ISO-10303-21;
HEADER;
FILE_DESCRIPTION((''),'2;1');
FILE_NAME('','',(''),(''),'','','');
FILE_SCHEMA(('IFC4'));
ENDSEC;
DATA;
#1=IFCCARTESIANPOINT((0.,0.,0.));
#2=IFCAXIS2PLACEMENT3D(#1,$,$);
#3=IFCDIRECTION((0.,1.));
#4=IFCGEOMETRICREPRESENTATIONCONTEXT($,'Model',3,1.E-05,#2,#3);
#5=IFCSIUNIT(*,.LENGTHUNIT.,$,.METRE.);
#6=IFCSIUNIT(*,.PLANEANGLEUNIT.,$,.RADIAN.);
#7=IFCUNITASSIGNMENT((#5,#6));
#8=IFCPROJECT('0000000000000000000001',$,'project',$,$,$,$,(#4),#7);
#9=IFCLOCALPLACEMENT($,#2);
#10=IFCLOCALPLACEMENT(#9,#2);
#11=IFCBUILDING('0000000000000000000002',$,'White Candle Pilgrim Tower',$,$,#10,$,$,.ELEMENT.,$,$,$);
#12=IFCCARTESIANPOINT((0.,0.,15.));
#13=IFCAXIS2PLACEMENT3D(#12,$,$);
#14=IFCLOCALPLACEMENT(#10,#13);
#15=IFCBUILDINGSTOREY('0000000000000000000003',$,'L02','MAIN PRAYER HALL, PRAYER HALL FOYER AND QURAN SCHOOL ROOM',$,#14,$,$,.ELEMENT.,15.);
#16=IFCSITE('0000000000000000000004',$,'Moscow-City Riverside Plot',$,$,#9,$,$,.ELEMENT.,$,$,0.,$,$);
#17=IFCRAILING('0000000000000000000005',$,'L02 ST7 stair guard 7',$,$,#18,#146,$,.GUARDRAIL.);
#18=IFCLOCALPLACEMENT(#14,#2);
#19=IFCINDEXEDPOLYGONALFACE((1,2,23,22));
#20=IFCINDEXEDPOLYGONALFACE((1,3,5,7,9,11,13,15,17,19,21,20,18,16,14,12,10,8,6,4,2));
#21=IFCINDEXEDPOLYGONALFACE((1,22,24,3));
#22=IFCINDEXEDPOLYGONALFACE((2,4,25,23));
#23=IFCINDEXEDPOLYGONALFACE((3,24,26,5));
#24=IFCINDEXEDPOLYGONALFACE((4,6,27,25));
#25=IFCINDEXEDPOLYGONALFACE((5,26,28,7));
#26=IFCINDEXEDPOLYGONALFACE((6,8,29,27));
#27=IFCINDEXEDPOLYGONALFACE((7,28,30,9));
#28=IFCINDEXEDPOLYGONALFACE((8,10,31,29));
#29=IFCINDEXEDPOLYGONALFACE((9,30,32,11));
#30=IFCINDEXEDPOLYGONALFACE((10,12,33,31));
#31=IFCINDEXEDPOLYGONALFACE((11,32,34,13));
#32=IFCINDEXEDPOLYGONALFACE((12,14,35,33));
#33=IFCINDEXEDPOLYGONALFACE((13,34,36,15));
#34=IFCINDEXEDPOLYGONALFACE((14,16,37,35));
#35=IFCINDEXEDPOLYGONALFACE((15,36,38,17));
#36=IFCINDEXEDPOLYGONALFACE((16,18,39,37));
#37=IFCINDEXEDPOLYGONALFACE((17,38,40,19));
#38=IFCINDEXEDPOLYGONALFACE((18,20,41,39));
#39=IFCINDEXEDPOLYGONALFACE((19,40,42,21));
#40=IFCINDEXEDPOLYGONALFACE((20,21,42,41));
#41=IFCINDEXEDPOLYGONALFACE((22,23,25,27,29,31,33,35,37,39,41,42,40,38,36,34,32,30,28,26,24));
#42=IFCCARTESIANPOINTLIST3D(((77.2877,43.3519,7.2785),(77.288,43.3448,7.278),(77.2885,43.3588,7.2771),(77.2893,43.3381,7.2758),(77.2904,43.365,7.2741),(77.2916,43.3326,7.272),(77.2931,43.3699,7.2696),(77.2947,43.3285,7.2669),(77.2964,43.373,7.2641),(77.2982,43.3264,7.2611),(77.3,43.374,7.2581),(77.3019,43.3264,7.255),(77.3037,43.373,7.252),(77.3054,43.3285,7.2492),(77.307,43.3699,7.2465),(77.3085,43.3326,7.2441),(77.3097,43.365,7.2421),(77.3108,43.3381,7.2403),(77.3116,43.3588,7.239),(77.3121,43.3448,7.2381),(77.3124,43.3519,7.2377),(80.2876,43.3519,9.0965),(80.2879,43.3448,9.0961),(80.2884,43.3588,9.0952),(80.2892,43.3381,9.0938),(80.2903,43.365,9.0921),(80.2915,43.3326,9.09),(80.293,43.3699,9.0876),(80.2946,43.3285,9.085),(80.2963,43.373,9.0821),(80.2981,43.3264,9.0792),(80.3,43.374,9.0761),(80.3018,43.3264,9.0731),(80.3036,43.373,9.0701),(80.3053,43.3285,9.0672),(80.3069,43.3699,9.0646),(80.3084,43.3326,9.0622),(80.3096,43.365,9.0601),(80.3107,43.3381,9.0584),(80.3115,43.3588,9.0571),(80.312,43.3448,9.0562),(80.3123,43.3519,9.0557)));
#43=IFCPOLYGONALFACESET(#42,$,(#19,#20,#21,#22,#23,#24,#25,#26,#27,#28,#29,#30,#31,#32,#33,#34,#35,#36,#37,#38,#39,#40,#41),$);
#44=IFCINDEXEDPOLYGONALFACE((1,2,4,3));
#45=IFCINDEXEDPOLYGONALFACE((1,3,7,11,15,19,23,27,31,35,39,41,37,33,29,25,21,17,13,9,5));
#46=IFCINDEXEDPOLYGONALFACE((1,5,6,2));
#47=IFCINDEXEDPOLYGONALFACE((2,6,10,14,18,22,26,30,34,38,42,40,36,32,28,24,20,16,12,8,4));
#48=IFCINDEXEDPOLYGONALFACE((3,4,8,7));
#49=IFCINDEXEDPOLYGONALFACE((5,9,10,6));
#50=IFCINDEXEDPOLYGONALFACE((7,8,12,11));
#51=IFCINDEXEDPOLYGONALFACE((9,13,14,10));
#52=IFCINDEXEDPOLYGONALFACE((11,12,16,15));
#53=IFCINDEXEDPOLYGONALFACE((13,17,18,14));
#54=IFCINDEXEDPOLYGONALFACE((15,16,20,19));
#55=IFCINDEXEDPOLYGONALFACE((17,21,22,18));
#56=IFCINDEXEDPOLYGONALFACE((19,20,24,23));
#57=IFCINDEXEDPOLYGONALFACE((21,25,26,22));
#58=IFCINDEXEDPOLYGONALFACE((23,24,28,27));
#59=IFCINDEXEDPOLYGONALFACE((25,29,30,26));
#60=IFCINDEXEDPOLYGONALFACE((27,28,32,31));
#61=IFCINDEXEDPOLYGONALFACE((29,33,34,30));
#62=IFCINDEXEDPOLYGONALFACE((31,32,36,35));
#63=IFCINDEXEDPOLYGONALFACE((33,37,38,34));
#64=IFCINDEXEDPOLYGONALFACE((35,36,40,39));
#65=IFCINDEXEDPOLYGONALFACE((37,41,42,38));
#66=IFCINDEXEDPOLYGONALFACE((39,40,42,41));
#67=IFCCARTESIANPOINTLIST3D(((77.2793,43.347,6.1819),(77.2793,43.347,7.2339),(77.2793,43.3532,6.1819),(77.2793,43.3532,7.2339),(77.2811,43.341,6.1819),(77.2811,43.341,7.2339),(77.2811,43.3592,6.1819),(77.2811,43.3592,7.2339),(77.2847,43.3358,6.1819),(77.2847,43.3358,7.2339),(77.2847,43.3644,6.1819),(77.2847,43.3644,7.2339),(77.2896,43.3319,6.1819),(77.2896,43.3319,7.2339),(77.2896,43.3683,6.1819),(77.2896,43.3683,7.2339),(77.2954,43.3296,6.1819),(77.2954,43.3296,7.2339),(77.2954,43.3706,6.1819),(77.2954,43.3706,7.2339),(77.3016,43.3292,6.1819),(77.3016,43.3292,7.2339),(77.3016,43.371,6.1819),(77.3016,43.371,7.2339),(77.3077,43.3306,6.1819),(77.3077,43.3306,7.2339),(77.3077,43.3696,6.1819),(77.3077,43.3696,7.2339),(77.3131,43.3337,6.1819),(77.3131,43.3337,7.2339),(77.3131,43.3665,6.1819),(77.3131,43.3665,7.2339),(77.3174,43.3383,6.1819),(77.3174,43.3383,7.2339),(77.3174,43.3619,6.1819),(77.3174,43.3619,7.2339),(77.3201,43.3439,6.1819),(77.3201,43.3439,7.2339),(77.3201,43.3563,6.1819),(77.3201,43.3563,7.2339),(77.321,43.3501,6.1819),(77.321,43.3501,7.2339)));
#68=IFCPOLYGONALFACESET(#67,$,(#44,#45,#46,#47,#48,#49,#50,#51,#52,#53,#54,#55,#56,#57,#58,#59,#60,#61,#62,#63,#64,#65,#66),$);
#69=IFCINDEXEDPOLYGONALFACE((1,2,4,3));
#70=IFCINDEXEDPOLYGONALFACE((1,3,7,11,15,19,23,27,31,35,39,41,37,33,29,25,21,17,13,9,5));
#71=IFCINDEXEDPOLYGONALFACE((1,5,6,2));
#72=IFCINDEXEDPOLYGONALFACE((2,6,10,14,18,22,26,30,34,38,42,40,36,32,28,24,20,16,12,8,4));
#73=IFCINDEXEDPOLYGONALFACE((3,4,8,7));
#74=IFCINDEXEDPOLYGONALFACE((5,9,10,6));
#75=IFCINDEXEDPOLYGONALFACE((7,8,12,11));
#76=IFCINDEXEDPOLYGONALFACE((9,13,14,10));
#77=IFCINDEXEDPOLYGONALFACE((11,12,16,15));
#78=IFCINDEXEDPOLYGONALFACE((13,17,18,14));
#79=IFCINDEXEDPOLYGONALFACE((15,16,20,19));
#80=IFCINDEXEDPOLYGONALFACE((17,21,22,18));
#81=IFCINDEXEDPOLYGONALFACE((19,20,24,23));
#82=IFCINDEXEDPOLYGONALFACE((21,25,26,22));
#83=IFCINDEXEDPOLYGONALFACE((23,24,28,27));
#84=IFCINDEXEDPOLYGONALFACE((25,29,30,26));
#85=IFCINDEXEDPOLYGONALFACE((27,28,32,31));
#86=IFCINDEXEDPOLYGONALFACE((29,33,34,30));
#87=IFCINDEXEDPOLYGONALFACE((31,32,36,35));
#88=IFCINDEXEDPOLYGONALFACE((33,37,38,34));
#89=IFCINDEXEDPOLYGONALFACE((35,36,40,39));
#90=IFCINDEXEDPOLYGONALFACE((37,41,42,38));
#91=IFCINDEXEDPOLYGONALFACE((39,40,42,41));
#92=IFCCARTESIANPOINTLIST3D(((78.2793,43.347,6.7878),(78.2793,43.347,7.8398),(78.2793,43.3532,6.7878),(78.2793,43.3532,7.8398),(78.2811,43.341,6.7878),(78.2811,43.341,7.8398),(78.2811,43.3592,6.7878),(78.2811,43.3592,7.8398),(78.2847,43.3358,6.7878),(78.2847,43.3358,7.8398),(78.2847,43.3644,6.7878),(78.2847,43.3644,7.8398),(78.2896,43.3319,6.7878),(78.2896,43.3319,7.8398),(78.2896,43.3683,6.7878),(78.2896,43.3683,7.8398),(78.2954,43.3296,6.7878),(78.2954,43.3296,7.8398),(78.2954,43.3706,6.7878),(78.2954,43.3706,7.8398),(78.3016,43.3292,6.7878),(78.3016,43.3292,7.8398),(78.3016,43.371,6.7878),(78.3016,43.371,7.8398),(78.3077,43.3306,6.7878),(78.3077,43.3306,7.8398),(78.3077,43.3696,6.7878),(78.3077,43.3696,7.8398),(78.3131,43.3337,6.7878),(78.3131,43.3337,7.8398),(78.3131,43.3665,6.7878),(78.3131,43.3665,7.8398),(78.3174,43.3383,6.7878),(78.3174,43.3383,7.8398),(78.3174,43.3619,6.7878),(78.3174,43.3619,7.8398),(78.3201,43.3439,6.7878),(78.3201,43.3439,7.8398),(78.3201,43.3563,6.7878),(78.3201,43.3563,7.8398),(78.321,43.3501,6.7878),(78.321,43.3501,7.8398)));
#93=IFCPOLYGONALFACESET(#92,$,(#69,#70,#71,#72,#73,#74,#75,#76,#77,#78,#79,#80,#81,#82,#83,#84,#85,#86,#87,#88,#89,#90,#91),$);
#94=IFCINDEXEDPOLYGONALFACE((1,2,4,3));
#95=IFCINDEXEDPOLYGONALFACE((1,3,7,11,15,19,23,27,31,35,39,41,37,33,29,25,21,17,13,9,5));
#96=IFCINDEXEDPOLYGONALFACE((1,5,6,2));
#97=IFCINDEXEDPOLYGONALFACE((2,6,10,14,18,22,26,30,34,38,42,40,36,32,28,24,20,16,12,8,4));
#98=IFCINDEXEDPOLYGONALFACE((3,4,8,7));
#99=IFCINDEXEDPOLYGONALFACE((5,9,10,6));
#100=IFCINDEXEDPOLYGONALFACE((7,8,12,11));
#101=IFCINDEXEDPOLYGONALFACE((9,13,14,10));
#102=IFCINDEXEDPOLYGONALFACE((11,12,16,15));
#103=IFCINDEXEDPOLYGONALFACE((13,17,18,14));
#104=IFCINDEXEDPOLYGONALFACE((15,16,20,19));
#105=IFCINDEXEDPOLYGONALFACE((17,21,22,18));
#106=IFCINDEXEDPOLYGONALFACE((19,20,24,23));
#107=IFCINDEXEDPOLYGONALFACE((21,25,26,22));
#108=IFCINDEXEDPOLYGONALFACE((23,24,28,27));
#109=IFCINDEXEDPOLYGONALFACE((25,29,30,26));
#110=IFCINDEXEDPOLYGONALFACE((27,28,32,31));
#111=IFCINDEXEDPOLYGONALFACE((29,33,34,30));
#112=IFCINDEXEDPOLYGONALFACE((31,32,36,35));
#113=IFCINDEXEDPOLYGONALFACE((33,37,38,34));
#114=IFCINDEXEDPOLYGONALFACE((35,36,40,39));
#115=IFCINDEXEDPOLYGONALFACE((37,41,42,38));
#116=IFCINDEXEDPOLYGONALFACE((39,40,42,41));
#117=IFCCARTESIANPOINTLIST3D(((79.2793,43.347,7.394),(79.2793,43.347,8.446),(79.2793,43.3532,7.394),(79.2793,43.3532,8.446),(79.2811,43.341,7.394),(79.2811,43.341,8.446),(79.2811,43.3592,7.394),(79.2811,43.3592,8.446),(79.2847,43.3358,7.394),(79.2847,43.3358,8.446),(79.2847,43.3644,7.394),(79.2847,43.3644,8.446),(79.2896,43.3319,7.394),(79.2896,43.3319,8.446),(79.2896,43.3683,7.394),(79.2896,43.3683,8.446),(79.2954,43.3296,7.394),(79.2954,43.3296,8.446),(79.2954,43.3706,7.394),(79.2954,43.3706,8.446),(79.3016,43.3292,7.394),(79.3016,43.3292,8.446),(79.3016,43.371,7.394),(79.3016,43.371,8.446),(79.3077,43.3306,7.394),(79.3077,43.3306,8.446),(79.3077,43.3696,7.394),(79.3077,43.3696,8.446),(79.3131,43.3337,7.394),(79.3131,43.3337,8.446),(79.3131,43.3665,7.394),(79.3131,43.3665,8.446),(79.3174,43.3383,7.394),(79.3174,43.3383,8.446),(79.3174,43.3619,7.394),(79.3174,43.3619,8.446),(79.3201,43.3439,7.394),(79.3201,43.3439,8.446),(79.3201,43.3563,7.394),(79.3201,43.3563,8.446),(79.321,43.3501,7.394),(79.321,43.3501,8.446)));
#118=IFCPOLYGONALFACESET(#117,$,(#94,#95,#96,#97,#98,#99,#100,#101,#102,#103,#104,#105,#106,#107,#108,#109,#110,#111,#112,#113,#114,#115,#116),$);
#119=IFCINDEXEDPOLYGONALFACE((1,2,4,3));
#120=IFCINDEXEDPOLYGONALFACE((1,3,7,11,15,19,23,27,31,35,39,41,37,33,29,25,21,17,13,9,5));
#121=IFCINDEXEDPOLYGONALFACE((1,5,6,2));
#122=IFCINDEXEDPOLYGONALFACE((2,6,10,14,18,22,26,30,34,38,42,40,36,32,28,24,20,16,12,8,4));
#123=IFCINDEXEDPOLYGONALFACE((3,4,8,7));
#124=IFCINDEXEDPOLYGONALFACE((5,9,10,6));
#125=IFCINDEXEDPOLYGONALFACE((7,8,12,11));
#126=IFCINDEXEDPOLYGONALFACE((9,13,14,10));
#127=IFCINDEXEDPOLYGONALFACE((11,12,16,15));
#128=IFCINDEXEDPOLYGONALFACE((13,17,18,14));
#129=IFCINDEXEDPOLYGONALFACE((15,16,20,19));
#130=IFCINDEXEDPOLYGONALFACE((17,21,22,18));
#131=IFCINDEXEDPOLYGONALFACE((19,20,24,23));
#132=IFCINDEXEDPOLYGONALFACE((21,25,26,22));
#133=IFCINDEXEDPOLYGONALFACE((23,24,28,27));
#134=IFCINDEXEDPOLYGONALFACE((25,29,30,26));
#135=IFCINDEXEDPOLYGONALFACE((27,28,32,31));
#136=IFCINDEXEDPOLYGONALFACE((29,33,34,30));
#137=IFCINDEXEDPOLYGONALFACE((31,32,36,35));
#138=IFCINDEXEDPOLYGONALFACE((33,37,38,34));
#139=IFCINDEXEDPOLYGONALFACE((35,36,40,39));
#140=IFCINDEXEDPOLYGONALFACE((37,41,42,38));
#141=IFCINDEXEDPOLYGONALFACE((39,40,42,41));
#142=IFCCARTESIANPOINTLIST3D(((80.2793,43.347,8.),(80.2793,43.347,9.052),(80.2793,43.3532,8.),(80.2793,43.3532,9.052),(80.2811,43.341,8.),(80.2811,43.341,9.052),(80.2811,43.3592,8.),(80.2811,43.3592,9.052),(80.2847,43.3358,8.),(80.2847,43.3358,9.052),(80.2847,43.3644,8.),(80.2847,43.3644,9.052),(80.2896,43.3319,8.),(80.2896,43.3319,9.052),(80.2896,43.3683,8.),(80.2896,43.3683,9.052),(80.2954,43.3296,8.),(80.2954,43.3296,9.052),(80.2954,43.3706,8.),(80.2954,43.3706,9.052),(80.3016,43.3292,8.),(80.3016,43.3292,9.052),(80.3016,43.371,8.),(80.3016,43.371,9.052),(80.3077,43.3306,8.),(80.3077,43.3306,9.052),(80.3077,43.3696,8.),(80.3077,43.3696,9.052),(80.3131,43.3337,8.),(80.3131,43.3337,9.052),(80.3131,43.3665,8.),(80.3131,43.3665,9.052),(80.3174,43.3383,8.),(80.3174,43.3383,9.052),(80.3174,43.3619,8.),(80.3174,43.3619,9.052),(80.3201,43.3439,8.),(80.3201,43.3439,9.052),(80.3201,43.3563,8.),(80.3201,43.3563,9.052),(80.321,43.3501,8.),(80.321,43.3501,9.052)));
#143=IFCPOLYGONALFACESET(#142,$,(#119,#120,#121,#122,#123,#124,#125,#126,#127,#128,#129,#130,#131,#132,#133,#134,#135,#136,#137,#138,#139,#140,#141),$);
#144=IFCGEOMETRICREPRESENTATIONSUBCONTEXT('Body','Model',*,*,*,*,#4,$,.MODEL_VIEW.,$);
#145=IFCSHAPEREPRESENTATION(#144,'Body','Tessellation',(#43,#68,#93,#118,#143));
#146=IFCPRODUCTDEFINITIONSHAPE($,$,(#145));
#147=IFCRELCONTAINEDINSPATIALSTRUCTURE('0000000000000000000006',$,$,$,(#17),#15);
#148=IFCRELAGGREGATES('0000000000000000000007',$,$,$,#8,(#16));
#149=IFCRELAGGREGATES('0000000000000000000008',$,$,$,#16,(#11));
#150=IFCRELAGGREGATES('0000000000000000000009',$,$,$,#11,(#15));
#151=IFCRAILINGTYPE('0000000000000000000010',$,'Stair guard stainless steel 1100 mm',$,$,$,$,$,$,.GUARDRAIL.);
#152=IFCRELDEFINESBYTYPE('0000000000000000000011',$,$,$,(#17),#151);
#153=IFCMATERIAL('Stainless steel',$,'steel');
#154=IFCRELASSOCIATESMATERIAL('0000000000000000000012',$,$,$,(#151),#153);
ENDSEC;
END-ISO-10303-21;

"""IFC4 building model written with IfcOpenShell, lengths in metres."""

from ifc_helpers import new_model, si_unit, direction, frame, origin, origin_2d, place, context, subcontext, project, spatial, circle, extrude, material, type_object, element, save


model = new_model("IFC4")

# Units and contexts
model_context = context("Model", 3, precision=1e-05, world=origin(), true_north=direction((0.0, 1.0)))
body_context = subcontext(model_context, "Body", "Model", "MODEL_VIEW")
ifc_project = project(units=[si_unit("LENGTHUNIT", "METRE"), si_unit("PLANEANGLEUNIT", "RADIAN")], contexts=[model_context])

# Site, building, storey
site_placement = place(None, origin())
site = spatial("IfcSite", under=ifc_project, at=site_placement, Name="Moscow-City Riverside Plot", CompositionType="ELEMENT", RefElevation=0.0)
building_placement = place(site_placement, origin())
building = spatial("IfcBuilding", under=site, at=building_placement, Name="White Candle Pilgrim Tower", CompositionType="ELEMENT")
storey_placement = place(building_placement, frame((0.0, 0.0, 15.0)))
storey = spatial("IfcBuildingStorey", under=building, at=storey_placement, Name="L02", Description="MAIN PRAYER HALL, PRAYER HALL FOYER AND QURAN SCHOOL ROOM", CompositionType="ELEMENT", Elevation=15.0)

# Railing
ifc_material_1 = material(Name="Stainless steel", Category="steel")
railing_type_1 = type_object("IfcRailingType", Name="Stair guard stainless steel 1100 mm", PredefinedType="GUARDRAIL", material=ifc_material_1)
railing_1_placement = place(storey_placement, frame((77.3, 43.3501, 6.1819)))
element("IfcRailing", 1, at=railing_1_placement, inside=storey, type_object=railing_type_1, Name="L02 ST7 stair guard 7", PredefinedType="GUARDRAIL", context=body_context, shape_type="SweptSolid", body=[
    extrude(circle(Radius=0.0239, at=origin_2d()), frame((0.0, 0.0, 1.0762), z_axis=(0.855206, 0.0, 0.518288), x_axis=(0.0, 1.0, 0.0)), (0.0, 0.0, 1.0), 3.5078),
    extrude(circle(Radius=0.021, at=origin_2d()), origin(), (0.0, 0.0, 1.0), 1.052),
    extrude(circle(Radius=0.021, at=origin_2d()), frame((1.0, 0.0, 0.606)), (0.0, 0.0, 1.0), 1.052),
    extrude(circle(Radius=0.021, at=origin_2d()), frame((2.0, 0.0, 1.2122)), (0.0, 0.0, 1.0), 1.052),
    extrude(circle(Radius=0.021, at=origin_2d()), frame((3.0, 0.0, 1.8181)), (0.0, 0.0, 1.0), 1.052),
])

save(model, "model.ifc")
